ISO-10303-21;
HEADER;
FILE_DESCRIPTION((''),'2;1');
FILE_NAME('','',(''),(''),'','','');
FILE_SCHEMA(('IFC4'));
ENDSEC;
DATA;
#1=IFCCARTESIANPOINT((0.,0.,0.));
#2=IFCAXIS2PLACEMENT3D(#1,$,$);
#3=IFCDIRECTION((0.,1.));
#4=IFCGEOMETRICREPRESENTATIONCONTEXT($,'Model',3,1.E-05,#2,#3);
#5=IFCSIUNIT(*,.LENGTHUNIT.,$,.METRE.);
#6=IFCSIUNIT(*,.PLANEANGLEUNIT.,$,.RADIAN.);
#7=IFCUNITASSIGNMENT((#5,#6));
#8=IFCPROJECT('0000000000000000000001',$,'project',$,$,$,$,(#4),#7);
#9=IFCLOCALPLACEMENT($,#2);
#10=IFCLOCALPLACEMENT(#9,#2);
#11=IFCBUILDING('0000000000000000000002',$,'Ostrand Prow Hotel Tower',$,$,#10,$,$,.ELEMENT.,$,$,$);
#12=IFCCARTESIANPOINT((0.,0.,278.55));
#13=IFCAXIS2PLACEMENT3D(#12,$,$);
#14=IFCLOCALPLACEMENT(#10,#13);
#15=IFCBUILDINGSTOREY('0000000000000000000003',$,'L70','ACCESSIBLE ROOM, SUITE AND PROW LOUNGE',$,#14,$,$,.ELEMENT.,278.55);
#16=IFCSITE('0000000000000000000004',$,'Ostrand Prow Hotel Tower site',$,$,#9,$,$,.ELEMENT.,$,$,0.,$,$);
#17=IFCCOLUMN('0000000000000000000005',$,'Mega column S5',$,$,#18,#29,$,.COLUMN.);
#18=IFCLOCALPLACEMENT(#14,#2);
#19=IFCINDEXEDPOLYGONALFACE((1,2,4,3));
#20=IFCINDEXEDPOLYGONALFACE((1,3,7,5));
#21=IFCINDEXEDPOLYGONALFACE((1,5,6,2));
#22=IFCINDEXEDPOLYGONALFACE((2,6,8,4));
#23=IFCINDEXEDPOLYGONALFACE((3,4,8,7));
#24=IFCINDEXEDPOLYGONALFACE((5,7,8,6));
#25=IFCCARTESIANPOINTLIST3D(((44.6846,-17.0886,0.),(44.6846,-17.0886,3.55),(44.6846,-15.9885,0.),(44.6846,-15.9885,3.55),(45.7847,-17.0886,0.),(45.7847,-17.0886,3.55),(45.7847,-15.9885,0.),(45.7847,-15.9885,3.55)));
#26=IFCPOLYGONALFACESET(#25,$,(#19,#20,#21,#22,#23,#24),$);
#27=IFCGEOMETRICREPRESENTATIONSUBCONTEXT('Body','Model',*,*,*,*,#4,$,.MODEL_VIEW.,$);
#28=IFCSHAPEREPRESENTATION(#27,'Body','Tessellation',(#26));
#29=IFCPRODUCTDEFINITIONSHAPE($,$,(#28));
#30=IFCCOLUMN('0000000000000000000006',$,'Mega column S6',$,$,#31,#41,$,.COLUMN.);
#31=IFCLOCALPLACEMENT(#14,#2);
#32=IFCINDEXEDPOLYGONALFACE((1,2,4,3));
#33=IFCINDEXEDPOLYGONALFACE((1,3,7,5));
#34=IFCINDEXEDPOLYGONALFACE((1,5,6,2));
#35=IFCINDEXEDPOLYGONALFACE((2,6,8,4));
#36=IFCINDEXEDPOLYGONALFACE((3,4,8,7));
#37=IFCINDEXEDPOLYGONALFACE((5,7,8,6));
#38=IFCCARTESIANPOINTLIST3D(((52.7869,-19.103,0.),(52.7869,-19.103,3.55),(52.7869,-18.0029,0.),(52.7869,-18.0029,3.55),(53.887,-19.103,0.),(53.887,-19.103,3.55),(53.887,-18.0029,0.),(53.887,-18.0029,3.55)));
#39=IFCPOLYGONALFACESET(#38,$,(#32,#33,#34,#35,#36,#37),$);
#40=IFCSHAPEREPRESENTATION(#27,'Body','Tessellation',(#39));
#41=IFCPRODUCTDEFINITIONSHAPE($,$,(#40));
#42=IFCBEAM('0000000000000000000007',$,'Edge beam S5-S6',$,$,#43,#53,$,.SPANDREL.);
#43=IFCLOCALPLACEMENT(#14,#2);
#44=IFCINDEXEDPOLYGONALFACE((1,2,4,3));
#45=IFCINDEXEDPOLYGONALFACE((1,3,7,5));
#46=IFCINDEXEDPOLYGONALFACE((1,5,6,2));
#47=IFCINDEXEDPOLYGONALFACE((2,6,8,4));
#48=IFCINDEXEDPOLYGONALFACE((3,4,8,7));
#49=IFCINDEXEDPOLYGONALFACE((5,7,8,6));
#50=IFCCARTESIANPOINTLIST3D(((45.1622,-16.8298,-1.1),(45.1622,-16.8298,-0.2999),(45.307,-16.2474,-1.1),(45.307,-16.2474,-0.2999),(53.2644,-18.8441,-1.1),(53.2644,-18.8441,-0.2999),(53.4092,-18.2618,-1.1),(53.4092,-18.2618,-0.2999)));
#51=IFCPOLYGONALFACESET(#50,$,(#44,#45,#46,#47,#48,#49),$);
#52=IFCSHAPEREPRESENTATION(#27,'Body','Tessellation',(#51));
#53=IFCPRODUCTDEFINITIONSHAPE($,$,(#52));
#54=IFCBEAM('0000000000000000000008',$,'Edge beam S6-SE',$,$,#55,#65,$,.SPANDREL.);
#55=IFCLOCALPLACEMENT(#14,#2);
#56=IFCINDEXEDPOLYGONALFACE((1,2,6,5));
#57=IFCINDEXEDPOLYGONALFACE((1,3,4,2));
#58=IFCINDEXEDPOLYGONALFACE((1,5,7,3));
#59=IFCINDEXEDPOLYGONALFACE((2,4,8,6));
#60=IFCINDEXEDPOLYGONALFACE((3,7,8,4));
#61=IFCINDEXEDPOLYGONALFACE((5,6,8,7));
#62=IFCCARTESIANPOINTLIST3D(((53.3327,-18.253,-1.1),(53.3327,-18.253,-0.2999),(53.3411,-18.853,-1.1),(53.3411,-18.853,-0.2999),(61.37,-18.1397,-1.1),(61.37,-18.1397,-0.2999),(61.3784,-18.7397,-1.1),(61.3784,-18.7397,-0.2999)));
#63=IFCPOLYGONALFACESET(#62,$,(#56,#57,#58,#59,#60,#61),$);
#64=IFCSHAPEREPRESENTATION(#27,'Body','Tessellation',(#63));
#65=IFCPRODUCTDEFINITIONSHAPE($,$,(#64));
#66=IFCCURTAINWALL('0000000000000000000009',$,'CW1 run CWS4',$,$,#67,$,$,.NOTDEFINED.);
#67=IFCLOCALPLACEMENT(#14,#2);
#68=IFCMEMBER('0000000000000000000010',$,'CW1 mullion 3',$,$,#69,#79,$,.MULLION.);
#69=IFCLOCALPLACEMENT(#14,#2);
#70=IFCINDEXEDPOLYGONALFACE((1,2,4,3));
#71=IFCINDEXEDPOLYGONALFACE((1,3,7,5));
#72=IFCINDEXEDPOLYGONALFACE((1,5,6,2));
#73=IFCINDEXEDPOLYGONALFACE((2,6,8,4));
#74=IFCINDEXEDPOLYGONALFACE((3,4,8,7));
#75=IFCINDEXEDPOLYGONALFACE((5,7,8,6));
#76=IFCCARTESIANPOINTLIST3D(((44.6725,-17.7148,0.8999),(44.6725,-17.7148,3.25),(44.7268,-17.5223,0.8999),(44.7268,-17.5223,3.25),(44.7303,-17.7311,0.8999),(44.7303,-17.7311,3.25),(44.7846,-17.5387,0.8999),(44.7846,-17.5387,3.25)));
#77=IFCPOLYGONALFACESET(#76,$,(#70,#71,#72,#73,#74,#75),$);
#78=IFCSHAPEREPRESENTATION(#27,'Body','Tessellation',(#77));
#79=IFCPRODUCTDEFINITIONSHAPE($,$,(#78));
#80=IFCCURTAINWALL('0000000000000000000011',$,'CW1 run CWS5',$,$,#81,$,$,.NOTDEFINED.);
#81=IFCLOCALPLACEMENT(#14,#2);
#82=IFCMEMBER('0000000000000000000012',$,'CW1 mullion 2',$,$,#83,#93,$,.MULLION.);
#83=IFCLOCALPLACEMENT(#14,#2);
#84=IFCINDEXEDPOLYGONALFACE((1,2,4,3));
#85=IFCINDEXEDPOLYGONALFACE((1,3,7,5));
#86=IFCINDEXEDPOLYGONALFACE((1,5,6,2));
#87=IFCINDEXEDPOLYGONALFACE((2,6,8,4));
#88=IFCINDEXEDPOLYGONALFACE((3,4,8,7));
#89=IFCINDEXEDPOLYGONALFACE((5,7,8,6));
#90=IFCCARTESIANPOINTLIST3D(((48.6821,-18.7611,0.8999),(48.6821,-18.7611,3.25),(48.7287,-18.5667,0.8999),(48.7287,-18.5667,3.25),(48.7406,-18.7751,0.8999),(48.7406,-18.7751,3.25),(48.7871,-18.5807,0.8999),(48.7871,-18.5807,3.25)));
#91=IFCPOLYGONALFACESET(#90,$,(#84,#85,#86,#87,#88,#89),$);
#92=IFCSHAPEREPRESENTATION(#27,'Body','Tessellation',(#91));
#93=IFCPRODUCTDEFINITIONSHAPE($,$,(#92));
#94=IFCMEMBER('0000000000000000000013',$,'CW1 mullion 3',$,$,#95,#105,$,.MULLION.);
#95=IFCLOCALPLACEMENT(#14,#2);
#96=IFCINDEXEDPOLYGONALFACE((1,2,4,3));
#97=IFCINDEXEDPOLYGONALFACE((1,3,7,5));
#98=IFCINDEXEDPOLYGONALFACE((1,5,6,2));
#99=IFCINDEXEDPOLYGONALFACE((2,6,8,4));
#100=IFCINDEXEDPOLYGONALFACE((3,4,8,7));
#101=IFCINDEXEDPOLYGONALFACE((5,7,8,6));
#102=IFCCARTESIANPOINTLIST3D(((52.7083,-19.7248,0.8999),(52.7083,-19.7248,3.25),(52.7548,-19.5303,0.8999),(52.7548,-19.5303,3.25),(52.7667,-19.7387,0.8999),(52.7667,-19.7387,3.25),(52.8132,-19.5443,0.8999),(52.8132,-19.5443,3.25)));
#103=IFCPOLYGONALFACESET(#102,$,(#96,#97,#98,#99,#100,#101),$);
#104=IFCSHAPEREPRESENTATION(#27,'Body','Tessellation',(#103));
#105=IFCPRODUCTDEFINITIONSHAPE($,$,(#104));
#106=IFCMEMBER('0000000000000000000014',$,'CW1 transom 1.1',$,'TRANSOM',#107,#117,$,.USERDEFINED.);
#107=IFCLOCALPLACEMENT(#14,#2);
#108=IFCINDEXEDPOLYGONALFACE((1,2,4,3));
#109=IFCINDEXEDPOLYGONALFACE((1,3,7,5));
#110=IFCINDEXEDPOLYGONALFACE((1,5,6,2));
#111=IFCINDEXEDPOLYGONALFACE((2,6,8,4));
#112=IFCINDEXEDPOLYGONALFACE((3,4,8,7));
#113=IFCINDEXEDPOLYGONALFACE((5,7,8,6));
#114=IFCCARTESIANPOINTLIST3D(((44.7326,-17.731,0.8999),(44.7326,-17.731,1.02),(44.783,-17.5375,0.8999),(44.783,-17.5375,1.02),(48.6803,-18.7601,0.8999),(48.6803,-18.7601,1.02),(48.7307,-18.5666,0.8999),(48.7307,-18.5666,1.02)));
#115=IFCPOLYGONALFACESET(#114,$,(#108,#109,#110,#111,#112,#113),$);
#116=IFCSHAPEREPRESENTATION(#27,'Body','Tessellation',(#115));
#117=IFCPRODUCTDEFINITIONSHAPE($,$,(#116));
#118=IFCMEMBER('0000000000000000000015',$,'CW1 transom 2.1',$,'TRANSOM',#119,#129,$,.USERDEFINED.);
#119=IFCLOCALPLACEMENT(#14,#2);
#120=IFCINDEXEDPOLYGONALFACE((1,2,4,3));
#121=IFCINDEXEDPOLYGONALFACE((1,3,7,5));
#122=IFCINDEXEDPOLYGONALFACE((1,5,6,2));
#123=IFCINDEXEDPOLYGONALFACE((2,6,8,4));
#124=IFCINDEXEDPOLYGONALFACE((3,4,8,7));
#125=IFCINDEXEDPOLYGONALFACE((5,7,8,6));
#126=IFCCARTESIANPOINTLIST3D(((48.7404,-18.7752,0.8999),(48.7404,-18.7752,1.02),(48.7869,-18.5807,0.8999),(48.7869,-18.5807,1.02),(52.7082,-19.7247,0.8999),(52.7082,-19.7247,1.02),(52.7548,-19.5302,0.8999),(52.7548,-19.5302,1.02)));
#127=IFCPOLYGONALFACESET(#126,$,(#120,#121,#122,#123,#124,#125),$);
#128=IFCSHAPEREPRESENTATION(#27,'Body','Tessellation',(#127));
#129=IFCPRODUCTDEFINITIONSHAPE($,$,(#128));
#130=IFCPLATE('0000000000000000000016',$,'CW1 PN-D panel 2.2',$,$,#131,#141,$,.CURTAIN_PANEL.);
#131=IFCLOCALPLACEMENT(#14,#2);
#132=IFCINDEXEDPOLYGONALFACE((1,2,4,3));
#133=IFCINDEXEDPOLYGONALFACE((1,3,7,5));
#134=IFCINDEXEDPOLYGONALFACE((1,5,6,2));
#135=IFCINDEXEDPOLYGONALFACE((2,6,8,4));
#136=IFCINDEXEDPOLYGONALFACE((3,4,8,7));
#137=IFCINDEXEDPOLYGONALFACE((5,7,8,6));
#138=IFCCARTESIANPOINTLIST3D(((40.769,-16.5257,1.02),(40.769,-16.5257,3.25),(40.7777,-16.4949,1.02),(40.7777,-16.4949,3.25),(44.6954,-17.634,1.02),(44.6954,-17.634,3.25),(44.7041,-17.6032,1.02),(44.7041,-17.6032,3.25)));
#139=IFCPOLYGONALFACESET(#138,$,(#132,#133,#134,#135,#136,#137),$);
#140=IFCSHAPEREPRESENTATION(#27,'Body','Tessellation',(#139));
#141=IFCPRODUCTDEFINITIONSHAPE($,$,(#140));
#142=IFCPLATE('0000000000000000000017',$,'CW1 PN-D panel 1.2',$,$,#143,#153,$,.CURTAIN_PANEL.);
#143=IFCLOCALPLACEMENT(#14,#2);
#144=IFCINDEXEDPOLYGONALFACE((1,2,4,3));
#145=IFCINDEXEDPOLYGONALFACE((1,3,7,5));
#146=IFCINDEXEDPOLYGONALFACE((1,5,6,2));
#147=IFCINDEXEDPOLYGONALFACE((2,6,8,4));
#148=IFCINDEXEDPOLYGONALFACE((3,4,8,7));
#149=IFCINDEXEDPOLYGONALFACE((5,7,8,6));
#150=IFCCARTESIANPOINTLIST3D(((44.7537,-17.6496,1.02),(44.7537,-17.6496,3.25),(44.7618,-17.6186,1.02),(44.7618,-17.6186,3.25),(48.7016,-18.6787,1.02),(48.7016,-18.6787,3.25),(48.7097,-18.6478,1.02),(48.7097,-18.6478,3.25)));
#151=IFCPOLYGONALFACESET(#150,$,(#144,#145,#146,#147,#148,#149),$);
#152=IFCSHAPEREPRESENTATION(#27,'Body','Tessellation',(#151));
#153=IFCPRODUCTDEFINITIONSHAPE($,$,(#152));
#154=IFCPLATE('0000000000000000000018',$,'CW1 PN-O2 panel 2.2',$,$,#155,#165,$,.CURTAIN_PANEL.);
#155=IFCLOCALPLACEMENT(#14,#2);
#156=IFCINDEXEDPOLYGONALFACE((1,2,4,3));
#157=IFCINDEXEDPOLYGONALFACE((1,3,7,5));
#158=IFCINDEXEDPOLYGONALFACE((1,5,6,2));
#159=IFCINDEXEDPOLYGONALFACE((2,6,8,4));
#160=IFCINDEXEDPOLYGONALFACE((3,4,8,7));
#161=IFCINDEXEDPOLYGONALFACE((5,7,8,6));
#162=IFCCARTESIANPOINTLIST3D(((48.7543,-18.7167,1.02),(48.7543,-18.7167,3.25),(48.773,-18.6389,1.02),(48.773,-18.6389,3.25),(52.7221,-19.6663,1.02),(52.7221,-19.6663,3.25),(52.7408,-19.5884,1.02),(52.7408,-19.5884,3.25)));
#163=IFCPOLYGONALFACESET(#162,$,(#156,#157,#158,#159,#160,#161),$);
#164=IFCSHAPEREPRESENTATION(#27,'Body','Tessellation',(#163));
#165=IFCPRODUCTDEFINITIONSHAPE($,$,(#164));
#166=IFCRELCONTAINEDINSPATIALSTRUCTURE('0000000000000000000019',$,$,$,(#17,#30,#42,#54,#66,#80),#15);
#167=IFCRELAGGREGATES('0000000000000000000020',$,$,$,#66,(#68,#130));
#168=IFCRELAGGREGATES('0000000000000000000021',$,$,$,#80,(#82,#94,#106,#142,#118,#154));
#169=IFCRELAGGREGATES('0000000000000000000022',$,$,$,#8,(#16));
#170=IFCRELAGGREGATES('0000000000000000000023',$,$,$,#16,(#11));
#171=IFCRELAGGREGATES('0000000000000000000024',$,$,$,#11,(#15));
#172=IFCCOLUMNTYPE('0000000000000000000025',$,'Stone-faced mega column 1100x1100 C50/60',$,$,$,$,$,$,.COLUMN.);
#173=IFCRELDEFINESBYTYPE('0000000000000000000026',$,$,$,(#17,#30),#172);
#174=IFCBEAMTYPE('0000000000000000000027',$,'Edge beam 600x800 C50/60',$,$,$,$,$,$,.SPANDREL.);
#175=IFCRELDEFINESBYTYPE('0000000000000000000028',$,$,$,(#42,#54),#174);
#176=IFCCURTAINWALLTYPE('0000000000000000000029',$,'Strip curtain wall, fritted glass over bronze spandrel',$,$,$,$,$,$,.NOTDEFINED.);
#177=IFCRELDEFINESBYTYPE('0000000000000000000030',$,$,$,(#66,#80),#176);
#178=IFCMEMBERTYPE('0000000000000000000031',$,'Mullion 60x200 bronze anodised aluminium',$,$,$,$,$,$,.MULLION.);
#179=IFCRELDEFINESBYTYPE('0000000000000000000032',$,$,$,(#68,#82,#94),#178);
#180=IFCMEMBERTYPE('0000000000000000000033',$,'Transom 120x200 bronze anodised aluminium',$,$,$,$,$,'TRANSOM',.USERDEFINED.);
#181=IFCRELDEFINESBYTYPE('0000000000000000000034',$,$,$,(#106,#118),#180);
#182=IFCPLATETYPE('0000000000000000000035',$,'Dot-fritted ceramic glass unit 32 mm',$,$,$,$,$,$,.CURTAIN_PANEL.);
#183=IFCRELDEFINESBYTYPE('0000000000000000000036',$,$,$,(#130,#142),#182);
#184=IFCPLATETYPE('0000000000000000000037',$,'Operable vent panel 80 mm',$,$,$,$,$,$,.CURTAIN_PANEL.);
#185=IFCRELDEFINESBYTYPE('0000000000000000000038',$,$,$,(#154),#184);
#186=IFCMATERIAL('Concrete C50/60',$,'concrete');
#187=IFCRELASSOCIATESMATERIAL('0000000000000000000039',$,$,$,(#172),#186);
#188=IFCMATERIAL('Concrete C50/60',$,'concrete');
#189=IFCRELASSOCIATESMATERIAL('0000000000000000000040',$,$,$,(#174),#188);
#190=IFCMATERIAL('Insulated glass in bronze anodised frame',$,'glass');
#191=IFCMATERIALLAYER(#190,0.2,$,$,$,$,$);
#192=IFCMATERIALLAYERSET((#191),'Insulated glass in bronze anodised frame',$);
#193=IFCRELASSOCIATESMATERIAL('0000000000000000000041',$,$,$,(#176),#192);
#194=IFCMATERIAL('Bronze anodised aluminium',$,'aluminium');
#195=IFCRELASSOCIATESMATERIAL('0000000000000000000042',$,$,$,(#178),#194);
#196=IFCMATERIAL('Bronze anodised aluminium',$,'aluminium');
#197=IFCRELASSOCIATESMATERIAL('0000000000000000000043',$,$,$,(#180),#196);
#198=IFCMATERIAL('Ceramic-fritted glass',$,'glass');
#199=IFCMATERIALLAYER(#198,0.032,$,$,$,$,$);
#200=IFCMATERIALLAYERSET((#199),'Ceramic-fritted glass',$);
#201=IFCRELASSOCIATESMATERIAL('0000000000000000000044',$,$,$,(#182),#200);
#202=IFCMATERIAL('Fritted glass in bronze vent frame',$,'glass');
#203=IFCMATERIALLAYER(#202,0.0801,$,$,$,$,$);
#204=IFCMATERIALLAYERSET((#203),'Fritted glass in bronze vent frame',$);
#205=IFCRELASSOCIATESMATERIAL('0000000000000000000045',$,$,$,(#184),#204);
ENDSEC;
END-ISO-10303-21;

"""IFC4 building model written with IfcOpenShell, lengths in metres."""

from ifc_helpers import new_model, si_unit, direction, frame, origin, origin_2d, place, context, subcontext, project, spatial, rectangle, extrude, material, layer, layer_set, material_profile, profile_set, type_object, element, aggregate, save


model = new_model("IFC4")

# Units and contexts
model_context = context("Model", 3, precision=1e-05, world=origin(), true_north=direction((0.0, 1.0)))
body_context = subcontext(model_context, "Body", "Model", "MODEL_VIEW")
ifc_project = project(units=[si_unit("LENGTHUNIT", "METRE"), si_unit("PLANEANGLEUNIT", "RADIAN")], contexts=[model_context])

# Site, building, storey
site_placement = place(None, origin())
site = spatial("IfcSite", under=ifc_project, at=site_placement, Name="Ostrand Prow Hotel Tower site", CompositionType="ELEMENT", RefElevation=0.0)
building_placement = place(site_placement, origin())
building = spatial("IfcBuilding", under=site, at=building_placement, Name="Ostrand Prow Hotel Tower", CompositionType="ELEMENT")
storey_placement = place(building_placement, frame((0.0, 0.0, 278.55)))
storey = spatial("IfcBuildingStorey", under=building, at=storey_placement, Name="L70", Description="ACCESSIBLE ROOM, SUITE AND PROW LOUNGE", CompositionType="ELEMENT", Elevation=278.55)

# Columns
ifc_material_1 = material(Name="Concrete C50/60", Category="concrete")
ifc_material_profile_1 = material_profile(ifc_material_1, rectangle(XDim=1.1001, YDim=1.1001, at=origin_2d()), Name="RC 1100x1100")
ifc_profile_set_1 = profile_set([ifc_material_profile_1], Name="Concrete C50/60")
column_type = type_object("IfcColumnType", Name="Stone-faced mega column 1100x1100 C50/60", PredefinedType="COLUMN", material=ifc_profile_set_1)
for number, where, z_axis, x_axis, name in (
    (1, (45.2346, -16.5386, 0.0), (0.0, 0.0, 1.0), (1.0, 0.0, 0.0), "Mega column S5"),
    (2, (53.3369, -18.553, 0.0), (0.0, 0.0, 1.0), (1.0, 0.0, 0.0), "Mega column S6"),
):
    element("IfcColumn", number, at=place(storey_placement, frame(where, z_axis=z_axis, x_axis=x_axis)), inside=storey, type_object=column_type, Name=name, PredefinedType="COLUMN", context=body_context, shape_type="SweptSolid", body=[
        extrude(rectangle(XDim=1.1001, YDim=1.1001, at=origin_2d()), origin(), (0.0, 0.0, 1.0), 3.55),
    ])

# Beams
ifc_material_2 = material(Name="Concrete C50/60", Category="concrete")
ifc_material_profile_2 = material_profile(ifc_material_2, rectangle(XDim=0.6001, YDim=0.8, at=origin_2d()), Name="RC 600x800")
ifc_profile_set_2 = profile_set([ifc_material_profile_2], Name="Concrete C50/60")
beam_type = type_object("IfcBeamType", Name="Edge beam 600x800 C50/60", PredefinedType="SPANDREL", material=ifc_profile_set_2)
beam_1_placement = place(storey_placement, frame((45.2346, -16.5386, -0.7), z_axis=(0.970456, -0.241276, 0.0), x_axis=(0.241276, 0.970456, 0.0)))
element("IfcBeam", 3, at=beam_1_placement, inside=storey, type_object=beam_type, Name="Edge beam S5-S6", PredefinedType="SPANDREL", context=body_context, shape_type="SweptSolid", body=[
    extrude(rectangle(XDim=0.6001, YDim=0.8, at=origin_2d()), origin(), (0.0, 0.0, 1.0), 8.3489),
])
beam_2_placement = place(storey_placement, frame((53.3369, -18.553, -0.7), z_axis=(0.999901, 0.014093, 0.0), x_axis=(-0.014093, 0.999901, 0.0)))
element("IfcBeam", 4, at=beam_2_placement, inside=storey, type_object=beam_type, Name="Edge beam S6-SE", PredefinedType="SPANDREL", context=body_context, shape_type="SweptSolid", body=[
    extrude(rectangle(XDim=0.6001, YDim=0.8, at=origin_2d()), origin(), (0.0, 0.0, 1.0), 8.0381),
])

# Curtain wall, member
ifc_material_3 = material(Name="Insulated glass in bronze anodised frame", Category="glass")
ifc_layer_1 = layer(ifc_material_3, 0.2)
ifc_layer_set_1 = layer_set([ifc_layer_1], Name="Insulated glass in bronze anodised frame")
curtain_wall_type = type_object("IfcCurtainWallType", Name="Strip curtain wall, fritted glass over bronze spandrel", PredefinedType="NOTDEFINED", material=ifc_layer_set_1)
curtain_wall_1_placement = place(storey_placement, origin())
curtain_wall_1 = element("IfcCurtainWall", 5, at=curtain_wall_1_placement, inside=storey, type_object=curtain_wall_type, Name="CW1 run CWS4", PredefinedType="NOTDEFINED")
ifc_material_4 = material(Name="Bronze anodised aluminium", Category="aluminium")
ifc_material_profile_3 = material_profile(ifc_material_4, rectangle(XDim=0.2, YDim=0.0601, at=origin_2d()), Name="Mullion 60x200 bronze anodised aluminium")
ifc_profile_set_3 = profile_set([ifc_material_profile_3], Name="Bronze anodised aluminium")
member_type_1 = type_object("IfcMemberType", Name="Mullion 60x200 bronze anodised aluminium", PredefinedType="MULLION", material=ifc_profile_set_3)
member_1_placement = place(storey_placement, frame((44.7285, -17.6267, 0.8999), z_axis=(0.0, 0.0, 1.0), x_axis=(0.271649, 0.962396, 0.0)))
member_1 = element("IfcMember", 6, at=member_1_placement, type_object=member_type_1, Name="CW1 mullion 3", PredefinedType="MULLION", context=body_context, shape_type="SweptSolid", body=[
    extrude(rectangle(XDim=0.2, YDim=0.0601, at=origin_2d()), origin(), (0.0, 0.0, 1.0), 2.3501),
])

# Curtain wall, members
curtain_wall_2_placement = place(storey_placement, origin())
curtain_wall_2 = element("IfcCurtainWall", 7, at=curtain_wall_2_placement, inside=storey, type_object=curtain_wall_type, Name="CW1 run CWS5", PredefinedType="NOTDEFINED")
member_2_placement = place(storey_placement, frame((48.7346, -18.6709, 0.8999), z_axis=(0.0, 0.0, 1.0), x_axis=(0.232746, 0.972538, 0.0)))
member_2 = element("IfcMember", 8, at=member_2_placement, type_object=member_type_1, Name="CW1 mullion 2", PredefinedType="MULLION", context=body_context, shape_type="SweptSolid", body=[
    extrude(rectangle(XDim=0.2, YDim=0.0601, at=origin_2d()), origin(), (0.0, 0.0, 1.0), 2.3501),
])
member_3_placement = place(storey_placement, frame((52.7607, -19.6345, 0.8999), z_axis=(0.0, 0.0, 1.0), x_axis=(0.232746, 0.972538, 0.0)))
member_3 = element("IfcMember", 9, at=member_3_placement, type_object=member_type_1, Name="CW1 mullion 3", PredefinedType="MULLION", context=body_context, shape_type="SweptSolid", body=[
    extrude(rectangle(XDim=0.2, YDim=0.0601, at=origin_2d()), origin(), (0.0, 0.0, 1.0), 2.3501),
])
ifc_material_5 = material(Name="Bronze anodised aluminium", Category="aluminium")
ifc_material_profile_4 = material_profile(ifc_material_5, rectangle(XDim=0.2, YDim=0.1201, at=origin_2d()), Name="Transom 120x200 bronze anodised aluminium")
ifc_profile_set_4 = profile_set([ifc_material_profile_4], Name="Bronze anodised aluminium")
member_type_2 = type_object("IfcMemberType", Name="Transom 120x200 bronze anodised aluminium", ElementType="TRANSOM", PredefinedType="USERDEFINED", material=ifc_profile_set_4)
member_4_placement = place(storey_placement, frame((44.7578, -17.6343, 0.96), z_axis=(0.967665, -0.252239, 0.0), x_axis=(0.252239, 0.967665, 0.0)))
member_4 = element("IfcMember", 10, at=member_4_placement, type_object=member_type_2, Name="CW1 transom 1.1", ObjectType="TRANSOM", PredefinedType="USERDEFINED", context=body_context, shape_type="SweptSolid", body=[
    extrude(rectangle(XDim=0.2, YDim=0.1201, at=origin_2d()), origin(), (0.0, 0.0, 1.0), 4.0796),
])
member_5_placement = place(storey_placement, frame((48.7637, -18.678, 0.96), z_axis=(0.972543, -0.232723, 0.0), x_axis=(0.232723, 0.972543, 0.0)))
member_5 = element("IfcMember", 11, at=member_5_placement, type_object=member_type_2, Name="CW1 transom 2.1", ObjectType="TRANSOM", PredefinedType="USERDEFINED", context=body_context, shape_type="SweptSolid", body=[
    extrude(rectangle(XDim=0.2, YDim=0.1201, at=origin_2d()), origin(), (0.0, 0.0, 1.0), 4.0798),
])

# Plates
ifc_material_6 = material(Name="Ceramic-fritted glass", Category="glass")
ifc_layer_2 = layer(ifc_material_6, 0.032)
ifc_layer_set_2 = layer_set([ifc_layer_2], Name="Ceramic-fritted glass")
plate_type_1 = type_object("IfcPlateType", Name="Dot-fritted ceramic glass unit 32 mm", PredefinedType="CURTAIN_PANEL", material=ifc_layer_set_2)
plate_1_placement = place(storey_placement, frame((42.7366, -17.0645, 1.02), z_axis=(0.0, 0.0, 1.0), x_axis=(0.962396, -0.271649, 0.0)))
plate_1 = element("IfcPlate", 12, at=plate_1_placement, type_object=plate_type_1, Name="CW1 PN-D panel 2.2", PredefinedType="CURTAIN_PANEL", context=body_context, shape_type="SweptSolid", body=[
    extrude(rectangle(XDim=4.0798, YDim=0.032, at=origin_2d()), origin(), (0.0, 0.0, 1.0), 2.23),
])
aggregate(curtain_wall_1, [member_1, plate_1])
plate_2_placement = place(storey_placement, frame((46.7317, -18.1487, 1.02), z_axis=(0.0, 0.0, 1.0), x_axis=(0.967663, -0.252248, 0.0)))
plate_2 = element("IfcPlate", 13, at=plate_2_placement, type_object=plate_type_1, Name="CW1 PN-D panel 1.2", PredefinedType="CURTAIN_PANEL", context=body_context, shape_type="SweptSolid", body=[
    extrude(rectangle(XDim=4.0798, YDim=0.032, at=origin_2d()), origin(), (0.0, 0.0, 1.0), 2.23),
])
ifc_material_7 = material(Name="Fritted glass in bronze vent frame", Category="glass")
ifc_layer_3 = layer(ifc_material_7, 0.0801)
ifc_layer_set_3 = layer_set([ifc_layer_3], Name="Fritted glass in bronze vent frame")
plate_type_2 = type_object("IfcPlateType", Name="Operable vent panel 80 mm", PredefinedType="CURTAIN_PANEL", material=ifc_layer_set_3)
plate_3_placement = place(storey_placement, frame((50.7476, -19.1526, 1.02), z_axis=(0.0, 0.0, 1.0), x_axis=(0.972538, -0.232746, 0.0)))
plate_3 = element("IfcPlate", 14, at=plate_3_placement, type_object=plate_type_2, Name="CW1 PN-O2 panel 2.2", PredefinedType="CURTAIN_PANEL", context=body_context, shape_type="SweptSolid", body=[
    extrude(rectangle(XDim=4.0798, YDim=0.0801, at=origin_2d()), origin(), (0.0, 0.0, 1.0), 2.23),
])
aggregate(curtain_wall_2, [member_2, member_3, member_4, plate_2, member_5, plate_3])

save(model, "model.ifc")
